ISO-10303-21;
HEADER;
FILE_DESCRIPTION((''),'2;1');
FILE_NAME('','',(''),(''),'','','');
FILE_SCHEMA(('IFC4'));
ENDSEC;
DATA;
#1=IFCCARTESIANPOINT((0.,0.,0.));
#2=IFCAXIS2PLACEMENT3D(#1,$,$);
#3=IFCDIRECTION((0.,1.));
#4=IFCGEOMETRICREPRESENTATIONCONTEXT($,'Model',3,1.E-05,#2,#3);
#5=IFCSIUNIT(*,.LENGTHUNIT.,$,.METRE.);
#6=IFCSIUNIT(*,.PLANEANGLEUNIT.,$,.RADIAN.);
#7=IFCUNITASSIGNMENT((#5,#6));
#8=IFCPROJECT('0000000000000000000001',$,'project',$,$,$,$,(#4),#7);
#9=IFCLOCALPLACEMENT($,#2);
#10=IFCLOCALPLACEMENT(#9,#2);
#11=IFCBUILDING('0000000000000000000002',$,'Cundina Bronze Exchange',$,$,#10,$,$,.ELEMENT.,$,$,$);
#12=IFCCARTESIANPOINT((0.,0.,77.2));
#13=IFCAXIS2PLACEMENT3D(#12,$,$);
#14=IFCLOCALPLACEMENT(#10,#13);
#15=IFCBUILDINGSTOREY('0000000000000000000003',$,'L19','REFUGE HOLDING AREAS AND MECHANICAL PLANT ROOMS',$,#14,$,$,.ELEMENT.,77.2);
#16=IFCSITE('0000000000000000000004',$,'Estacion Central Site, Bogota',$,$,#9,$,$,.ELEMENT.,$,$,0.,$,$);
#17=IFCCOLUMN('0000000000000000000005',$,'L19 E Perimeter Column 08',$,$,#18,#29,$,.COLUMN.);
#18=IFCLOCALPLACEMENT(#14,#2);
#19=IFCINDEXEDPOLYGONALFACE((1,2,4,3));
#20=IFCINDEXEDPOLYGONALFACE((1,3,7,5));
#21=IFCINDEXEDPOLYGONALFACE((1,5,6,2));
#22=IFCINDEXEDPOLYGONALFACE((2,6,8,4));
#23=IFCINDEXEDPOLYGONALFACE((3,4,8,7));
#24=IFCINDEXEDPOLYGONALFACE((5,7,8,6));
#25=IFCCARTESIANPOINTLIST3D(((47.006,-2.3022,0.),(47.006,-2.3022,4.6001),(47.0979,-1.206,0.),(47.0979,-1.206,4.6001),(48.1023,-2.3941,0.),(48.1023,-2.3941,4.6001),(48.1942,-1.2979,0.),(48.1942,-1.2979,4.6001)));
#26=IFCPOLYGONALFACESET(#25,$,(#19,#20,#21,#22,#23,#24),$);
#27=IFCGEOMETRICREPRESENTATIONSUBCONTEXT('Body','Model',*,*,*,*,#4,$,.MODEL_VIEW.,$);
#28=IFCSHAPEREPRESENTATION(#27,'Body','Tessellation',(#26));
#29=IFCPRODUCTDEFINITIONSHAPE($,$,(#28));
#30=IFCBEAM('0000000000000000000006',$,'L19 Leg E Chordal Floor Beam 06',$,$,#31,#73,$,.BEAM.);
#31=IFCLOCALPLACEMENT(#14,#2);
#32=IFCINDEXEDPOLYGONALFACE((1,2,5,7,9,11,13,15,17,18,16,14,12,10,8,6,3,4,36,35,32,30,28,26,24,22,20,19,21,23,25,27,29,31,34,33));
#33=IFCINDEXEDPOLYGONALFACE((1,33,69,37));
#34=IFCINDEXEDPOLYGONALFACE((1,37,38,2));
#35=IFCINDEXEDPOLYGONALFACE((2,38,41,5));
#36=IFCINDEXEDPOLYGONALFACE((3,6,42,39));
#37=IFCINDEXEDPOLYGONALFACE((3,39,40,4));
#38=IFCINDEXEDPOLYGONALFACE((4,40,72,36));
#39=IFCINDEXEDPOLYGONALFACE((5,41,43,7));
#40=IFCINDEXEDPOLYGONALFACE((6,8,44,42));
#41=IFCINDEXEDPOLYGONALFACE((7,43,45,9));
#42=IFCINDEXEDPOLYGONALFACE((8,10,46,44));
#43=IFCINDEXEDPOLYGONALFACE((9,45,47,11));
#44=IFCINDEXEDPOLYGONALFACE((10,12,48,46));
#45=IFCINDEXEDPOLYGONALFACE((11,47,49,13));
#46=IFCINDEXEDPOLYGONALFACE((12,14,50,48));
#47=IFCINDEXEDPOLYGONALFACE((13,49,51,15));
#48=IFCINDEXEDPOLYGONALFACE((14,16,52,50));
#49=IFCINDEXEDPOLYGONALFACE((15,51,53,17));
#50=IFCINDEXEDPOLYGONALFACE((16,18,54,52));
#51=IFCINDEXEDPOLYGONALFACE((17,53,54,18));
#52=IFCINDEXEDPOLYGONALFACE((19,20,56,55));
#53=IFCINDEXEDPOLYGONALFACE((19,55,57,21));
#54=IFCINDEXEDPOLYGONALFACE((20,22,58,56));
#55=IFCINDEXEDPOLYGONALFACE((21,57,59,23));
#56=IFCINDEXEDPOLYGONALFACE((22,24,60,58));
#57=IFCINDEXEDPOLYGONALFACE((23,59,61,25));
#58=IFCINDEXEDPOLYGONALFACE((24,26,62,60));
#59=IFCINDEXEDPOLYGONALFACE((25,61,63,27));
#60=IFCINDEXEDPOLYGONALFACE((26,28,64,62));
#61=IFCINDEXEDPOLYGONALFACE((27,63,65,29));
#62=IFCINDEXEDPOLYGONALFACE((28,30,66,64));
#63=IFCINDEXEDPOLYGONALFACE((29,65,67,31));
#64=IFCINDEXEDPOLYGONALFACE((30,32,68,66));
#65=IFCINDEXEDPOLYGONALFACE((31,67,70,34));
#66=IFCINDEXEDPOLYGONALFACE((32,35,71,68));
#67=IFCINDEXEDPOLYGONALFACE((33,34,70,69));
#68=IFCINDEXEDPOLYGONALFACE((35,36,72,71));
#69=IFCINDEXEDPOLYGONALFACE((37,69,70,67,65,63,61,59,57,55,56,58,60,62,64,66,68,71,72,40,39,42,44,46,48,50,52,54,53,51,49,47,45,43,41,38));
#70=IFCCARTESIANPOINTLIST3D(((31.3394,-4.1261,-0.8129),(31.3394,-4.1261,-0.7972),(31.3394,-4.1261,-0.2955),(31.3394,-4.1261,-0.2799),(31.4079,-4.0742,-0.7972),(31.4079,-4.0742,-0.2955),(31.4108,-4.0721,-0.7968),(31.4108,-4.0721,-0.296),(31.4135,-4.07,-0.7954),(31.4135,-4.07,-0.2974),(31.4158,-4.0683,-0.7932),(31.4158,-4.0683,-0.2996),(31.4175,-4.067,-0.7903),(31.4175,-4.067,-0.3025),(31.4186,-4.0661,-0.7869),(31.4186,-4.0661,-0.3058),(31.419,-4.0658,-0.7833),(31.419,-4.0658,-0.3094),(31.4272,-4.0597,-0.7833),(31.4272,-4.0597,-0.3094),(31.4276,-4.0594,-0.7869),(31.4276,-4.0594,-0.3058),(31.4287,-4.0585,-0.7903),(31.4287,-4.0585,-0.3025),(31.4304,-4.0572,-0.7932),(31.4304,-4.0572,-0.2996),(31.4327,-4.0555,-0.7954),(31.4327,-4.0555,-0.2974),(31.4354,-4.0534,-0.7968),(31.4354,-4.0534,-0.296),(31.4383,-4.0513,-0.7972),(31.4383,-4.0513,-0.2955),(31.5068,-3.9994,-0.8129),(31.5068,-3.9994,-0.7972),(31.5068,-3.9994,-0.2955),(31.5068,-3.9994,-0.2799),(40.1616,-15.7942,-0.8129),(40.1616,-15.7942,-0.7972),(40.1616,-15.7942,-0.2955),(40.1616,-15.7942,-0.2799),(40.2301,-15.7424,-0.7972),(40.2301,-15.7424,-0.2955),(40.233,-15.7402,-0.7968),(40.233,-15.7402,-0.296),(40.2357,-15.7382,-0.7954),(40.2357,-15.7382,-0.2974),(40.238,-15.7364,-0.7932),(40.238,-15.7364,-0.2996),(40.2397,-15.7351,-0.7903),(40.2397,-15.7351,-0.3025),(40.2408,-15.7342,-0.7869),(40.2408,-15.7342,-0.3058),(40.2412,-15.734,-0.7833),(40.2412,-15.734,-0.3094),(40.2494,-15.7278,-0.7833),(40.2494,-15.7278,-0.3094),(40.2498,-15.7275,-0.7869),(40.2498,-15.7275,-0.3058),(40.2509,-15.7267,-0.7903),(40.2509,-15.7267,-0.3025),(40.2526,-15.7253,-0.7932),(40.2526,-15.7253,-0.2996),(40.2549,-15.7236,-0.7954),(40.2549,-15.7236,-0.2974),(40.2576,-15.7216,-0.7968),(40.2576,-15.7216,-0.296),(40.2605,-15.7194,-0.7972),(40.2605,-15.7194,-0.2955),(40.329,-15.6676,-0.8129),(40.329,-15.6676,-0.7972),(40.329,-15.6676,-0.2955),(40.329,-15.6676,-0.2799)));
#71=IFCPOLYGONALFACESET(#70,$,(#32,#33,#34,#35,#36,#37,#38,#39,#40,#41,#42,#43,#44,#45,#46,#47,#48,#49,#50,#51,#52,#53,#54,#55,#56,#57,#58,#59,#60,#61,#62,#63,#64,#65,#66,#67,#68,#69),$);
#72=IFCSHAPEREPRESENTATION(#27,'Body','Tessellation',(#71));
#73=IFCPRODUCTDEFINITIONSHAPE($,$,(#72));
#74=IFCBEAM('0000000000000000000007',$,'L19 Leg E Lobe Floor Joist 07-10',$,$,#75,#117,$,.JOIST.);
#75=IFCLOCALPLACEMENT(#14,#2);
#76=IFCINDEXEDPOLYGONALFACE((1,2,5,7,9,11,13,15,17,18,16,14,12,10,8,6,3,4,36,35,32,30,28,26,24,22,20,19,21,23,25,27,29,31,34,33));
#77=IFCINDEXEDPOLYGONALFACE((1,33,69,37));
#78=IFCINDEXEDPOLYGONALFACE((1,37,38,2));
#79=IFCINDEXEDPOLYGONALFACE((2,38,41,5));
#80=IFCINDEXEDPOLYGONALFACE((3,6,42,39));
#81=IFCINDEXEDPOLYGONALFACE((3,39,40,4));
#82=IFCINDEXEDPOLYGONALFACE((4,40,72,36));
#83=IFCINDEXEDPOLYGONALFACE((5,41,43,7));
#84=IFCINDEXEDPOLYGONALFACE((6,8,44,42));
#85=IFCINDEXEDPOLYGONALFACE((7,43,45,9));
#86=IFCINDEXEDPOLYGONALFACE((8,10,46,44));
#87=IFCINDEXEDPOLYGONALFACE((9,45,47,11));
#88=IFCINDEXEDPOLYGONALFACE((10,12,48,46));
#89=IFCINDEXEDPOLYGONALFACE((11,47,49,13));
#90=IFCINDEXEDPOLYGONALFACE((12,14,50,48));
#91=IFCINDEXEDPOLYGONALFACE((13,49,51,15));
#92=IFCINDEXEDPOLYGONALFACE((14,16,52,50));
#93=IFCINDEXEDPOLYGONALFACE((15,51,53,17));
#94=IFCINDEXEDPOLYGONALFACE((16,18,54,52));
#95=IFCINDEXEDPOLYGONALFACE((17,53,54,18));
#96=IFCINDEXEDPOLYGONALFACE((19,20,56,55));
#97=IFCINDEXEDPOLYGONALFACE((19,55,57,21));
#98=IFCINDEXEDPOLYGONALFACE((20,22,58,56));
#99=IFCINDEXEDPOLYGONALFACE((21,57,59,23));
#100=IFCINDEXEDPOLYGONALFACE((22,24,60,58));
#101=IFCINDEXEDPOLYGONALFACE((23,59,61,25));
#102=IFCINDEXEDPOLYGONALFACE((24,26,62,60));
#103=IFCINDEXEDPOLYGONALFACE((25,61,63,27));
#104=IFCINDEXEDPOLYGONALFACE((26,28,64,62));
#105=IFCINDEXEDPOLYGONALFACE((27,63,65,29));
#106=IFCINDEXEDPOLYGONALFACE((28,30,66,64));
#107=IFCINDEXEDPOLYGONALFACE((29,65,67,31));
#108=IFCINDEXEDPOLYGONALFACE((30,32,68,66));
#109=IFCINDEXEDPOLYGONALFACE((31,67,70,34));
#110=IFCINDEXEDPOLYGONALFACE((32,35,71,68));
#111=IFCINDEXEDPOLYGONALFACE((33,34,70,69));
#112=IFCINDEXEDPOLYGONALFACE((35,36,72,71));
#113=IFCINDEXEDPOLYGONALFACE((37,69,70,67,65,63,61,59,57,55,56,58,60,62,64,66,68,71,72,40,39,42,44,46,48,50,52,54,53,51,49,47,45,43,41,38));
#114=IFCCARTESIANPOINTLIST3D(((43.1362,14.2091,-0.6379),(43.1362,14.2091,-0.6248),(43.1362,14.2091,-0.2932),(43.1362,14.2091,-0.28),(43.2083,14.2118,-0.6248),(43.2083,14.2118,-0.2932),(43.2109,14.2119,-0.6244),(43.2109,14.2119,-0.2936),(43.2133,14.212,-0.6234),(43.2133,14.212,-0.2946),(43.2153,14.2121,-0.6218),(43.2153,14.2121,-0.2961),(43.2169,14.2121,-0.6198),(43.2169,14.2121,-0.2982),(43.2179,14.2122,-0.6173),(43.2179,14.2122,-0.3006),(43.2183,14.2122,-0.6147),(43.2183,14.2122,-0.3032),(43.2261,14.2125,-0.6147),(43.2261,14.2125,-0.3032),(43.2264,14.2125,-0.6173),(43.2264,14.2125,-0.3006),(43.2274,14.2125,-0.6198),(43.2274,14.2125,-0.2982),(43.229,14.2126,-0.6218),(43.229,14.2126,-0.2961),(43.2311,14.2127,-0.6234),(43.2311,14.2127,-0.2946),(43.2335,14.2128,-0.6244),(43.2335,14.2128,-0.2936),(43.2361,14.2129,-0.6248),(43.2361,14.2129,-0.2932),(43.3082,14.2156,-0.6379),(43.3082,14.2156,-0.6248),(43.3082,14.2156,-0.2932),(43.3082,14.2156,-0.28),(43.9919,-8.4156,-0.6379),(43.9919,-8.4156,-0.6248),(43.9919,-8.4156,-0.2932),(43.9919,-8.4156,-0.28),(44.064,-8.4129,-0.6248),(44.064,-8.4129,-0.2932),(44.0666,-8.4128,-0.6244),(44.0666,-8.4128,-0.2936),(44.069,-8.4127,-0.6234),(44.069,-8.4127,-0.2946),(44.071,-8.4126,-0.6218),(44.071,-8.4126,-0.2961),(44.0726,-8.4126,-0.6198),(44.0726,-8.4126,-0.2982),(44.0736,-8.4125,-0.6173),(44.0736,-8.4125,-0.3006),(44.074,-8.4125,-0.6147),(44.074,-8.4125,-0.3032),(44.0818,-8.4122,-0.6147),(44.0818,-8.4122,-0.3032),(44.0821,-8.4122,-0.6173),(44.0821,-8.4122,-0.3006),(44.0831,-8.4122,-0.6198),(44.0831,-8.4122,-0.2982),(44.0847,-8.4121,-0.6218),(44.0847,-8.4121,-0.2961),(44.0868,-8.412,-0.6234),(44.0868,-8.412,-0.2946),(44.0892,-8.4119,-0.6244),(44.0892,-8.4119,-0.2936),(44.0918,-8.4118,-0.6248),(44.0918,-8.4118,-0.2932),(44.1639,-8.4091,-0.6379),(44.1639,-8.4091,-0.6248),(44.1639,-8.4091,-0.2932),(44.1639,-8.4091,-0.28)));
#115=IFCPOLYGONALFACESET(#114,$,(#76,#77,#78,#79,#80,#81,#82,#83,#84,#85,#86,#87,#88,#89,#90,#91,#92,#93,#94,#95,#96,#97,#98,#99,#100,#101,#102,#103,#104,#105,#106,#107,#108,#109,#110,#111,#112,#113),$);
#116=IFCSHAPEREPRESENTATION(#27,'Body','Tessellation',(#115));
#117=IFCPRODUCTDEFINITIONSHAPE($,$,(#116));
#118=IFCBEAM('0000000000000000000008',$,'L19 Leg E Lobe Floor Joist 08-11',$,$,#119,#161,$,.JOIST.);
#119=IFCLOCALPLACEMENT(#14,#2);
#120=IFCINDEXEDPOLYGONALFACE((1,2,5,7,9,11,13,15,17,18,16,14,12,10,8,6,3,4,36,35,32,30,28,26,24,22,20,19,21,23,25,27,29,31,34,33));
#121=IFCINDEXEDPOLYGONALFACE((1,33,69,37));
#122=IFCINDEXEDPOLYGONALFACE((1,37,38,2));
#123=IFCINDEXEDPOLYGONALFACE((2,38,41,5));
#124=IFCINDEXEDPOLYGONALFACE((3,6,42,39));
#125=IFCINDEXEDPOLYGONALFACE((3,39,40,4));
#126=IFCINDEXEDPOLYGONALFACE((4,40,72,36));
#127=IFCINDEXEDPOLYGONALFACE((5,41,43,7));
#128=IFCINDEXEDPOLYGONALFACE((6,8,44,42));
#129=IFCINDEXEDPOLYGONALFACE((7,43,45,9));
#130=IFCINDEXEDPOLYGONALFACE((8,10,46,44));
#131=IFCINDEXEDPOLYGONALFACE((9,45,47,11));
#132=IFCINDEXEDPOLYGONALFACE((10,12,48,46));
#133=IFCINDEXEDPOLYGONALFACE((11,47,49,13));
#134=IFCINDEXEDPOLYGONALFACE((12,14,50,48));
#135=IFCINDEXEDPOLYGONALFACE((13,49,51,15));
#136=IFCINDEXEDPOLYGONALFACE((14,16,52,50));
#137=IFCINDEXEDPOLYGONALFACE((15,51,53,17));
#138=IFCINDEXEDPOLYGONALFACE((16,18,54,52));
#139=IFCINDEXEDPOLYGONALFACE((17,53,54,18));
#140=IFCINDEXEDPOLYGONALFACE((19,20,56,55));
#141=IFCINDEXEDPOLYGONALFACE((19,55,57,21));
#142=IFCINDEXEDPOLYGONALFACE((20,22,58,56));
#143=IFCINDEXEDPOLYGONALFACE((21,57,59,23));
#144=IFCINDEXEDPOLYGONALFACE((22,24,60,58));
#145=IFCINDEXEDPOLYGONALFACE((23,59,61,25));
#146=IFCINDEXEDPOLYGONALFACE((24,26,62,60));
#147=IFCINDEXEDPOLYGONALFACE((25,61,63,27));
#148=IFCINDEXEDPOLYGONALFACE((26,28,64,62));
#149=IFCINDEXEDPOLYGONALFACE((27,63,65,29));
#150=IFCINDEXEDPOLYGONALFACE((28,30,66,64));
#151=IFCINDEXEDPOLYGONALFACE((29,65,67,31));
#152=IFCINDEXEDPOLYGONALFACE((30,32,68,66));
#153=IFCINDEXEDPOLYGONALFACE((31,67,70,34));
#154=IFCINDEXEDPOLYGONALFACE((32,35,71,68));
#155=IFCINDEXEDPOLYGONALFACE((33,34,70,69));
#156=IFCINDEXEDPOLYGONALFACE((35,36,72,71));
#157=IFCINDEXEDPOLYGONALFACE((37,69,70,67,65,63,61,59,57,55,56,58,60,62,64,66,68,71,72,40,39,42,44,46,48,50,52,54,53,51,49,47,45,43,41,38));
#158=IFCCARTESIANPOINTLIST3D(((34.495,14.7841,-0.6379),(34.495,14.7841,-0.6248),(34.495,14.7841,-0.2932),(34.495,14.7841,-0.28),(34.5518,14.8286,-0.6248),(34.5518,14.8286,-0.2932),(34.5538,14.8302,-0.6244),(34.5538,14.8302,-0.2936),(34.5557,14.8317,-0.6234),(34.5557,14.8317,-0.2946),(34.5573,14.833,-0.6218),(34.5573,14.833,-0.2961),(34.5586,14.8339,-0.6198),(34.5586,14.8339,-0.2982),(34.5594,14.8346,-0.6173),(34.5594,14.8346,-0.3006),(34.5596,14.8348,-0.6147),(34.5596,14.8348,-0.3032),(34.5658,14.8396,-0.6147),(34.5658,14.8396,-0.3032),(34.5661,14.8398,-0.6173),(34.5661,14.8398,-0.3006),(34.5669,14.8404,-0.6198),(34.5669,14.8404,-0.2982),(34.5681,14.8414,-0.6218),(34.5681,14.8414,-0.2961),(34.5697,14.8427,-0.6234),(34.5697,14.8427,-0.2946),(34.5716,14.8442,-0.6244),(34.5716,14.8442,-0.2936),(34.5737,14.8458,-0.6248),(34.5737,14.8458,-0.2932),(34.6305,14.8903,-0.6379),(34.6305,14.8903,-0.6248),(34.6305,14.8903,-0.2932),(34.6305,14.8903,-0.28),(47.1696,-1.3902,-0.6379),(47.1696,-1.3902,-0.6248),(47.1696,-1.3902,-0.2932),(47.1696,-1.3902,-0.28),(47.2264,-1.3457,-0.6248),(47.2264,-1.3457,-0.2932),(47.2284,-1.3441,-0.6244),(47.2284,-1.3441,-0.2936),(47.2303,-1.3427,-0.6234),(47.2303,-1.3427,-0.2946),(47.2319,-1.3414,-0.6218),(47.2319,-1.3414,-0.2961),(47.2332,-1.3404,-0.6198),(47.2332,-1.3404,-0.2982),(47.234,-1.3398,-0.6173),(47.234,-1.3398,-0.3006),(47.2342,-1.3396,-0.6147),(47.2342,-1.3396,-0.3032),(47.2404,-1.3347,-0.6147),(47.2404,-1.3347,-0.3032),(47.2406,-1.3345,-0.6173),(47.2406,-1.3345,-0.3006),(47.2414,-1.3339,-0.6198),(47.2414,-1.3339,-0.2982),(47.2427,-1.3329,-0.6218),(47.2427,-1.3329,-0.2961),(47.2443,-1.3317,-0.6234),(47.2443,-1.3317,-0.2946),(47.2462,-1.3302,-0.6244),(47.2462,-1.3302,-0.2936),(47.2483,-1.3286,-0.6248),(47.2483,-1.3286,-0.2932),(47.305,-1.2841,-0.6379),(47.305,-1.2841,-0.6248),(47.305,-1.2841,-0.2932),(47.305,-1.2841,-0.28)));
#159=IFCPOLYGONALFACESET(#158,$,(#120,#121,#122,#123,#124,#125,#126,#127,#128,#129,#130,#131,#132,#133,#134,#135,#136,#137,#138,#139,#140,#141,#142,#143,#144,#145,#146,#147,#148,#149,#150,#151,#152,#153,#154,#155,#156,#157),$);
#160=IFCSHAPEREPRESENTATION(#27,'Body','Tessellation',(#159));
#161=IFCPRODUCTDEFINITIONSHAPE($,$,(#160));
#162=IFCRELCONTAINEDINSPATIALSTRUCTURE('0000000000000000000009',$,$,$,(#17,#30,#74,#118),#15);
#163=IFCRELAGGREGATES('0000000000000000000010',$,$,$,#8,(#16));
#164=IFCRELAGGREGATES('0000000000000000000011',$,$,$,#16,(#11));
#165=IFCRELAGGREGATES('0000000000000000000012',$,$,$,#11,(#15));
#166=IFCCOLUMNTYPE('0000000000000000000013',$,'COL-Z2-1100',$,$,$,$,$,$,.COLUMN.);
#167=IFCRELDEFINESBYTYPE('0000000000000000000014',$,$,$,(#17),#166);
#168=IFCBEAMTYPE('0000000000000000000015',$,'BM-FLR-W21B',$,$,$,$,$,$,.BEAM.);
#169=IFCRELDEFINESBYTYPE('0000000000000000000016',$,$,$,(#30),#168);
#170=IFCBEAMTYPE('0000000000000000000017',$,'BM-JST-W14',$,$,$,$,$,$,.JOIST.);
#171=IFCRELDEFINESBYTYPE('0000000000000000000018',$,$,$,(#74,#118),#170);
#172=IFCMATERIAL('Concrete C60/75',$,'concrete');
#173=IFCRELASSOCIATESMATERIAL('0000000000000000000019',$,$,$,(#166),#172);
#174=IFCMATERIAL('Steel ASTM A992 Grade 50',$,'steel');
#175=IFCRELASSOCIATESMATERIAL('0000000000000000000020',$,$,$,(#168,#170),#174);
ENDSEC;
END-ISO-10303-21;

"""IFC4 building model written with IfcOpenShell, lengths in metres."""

from ifc_helpers import new_model, si_unit, direction, frame, origin, origin_2d, place, context, subcontext, project, spatial, rectangle, i_section, extrude, material, material_profile, profile_set, type_object, element, save


model = new_model("IFC4")

# Units and contexts
model_context = context("Model", 3, precision=1e-05, world=origin(), true_north=direction((0.0, 1.0)))
body_context = subcontext(model_context, "Body", "Model", "MODEL_VIEW")
ifc_project = project(units=[si_unit("LENGTHUNIT", "METRE"), si_unit("PLANEANGLEUNIT", "RADIAN")], contexts=[model_context])

# Site, building, storey
site_placement = place(None, origin())
site = spatial("IfcSite", under=ifc_project, at=site_placement, Name="Estacion Central Site, Bogota", CompositionType="ELEMENT", RefElevation=0.0)
building_placement = place(site_placement, origin())
building = spatial("IfcBuilding", under=site, at=building_placement, Name="Cundina Bronze Exchange", CompositionType="ELEMENT")
storey_placement = place(building_placement, frame((0.0, 0.0, 77.2)))
storey = spatial("IfcBuildingStorey", under=building, at=storey_placement, Name="L19", Description="REFUGE HOLDING AREAS AND MECHANICAL PLANT ROOMS", CompositionType="ELEMENT", Elevation=77.2)

# Column
ifc_material_1 = material(Name="Concrete C60/75", Category="concrete")
ifc_material_profile_1 = material_profile(ifc_material_1, rectangle(XDim=1.1001, YDim=1.1001, at=origin_2d()), Name="RC1100X1100", Category="concrete")
ifc_profile_set_1 = profile_set([ifc_material_profile_1], Name="Concrete C60/75")
column_type = type_object("IfcColumnType", Name="COL-Z2-1100", PredefinedType="COLUMN", material=ifc_profile_set_1)
column_placement = place(storey_placement, frame((47.6001, -1.8, 0.0), z_axis=(0.0, 0.0, 1.0), x_axis=(0.083504, 0.996507, 0.0)))
element("IfcColumn", 1, at=column_placement, inside=storey, type_object=column_type, Name="L19 E Perimeter Column 08", PredefinedType="COLUMN", context=body_context, shape_type="SweptSolid", body=[
    extrude(rectangle(XDim=1.1001, YDim=1.1001, at=origin_2d()), origin(), (0.0, 0.0, 1.0), 4.6001),
])

# Beams
ifc_material_2 = material(Name="Steel ASTM A992 Grade 50", Category="steel")
ifc_material_profile_2 = material_profile(ifc_material_2, i_section(OverallWidth=0.21, OverallDepth=0.533, WebThickness=0.0103, FlangeThickness=0.0156, FilletRadius=0.0139, at=origin_2d()), Name="W21X62", Category="steel")
ifc_profile_set_2 = profile_set([ifc_material_profile_2], Name="Steel ASTM A992 Grade 50")
beam_type_1 = type_object("IfcBeamType", Name="BM-FLR-W21B", PredefinedType="BEAM", material=ifc_profile_set_2)
beam_1_placement = place(storey_placement, frame((31.4231, -4.0627, -0.5464), z_axis=(0.603106, -0.797661, 0.0), x_axis=(0.797661, 0.603106, 0.0)))
element("IfcBeam", 2, at=beam_1_placement, inside=storey, type_object=beam_type_1, Name="L19 Leg E Chordal Floor Beam 06", PredefinedType="BEAM", context=body_context, shape_type="SweptSolid", body=[
    extrude(i_section(OverallWidth=0.21, OverallDepth=0.533, WebThickness=0.0103, FlangeThickness=0.0156, FilletRadius=0.0139, at=origin_2d()), origin(), (0.0, 0.0, 1.0), 14.6279),
])
ifc_material_profile_3 = material_profile(ifc_material_2, i_section(OverallWidth=0.1721, OverallDepth=0.3579, WebThickness=0.0078, FlangeThickness=0.0132, FilletRadius=0.01, at=origin_2d()), Name="W14X38", Category="steel")
ifc_profile_set_3 = profile_set([ifc_material_profile_3], Name="Steel ASTM A992 Grade 50")
beam_type_2 = type_object("IfcBeamType", Name="BM-JST-W14", PredefinedType="JOIST", material=ifc_profile_set_3)
beam_2_placement = place(storey_placement, frame((44.0779, -8.4124, -0.459), z_axis=(-0.037795, 0.999286, 0.0), x_axis=(-0.999286, -0.037795, 0.0)))
element("IfcBeam", 3, at=beam_2_placement, inside=storey, type_object=beam_type_2, Name="L19 Leg E Lobe Floor Joist 07-10", PredefinedType="JOIST", context=body_context, shape_type="SweptSolid", body=[
    extrude(i_section(OverallWidth=0.1721, OverallDepth=0.3579, WebThickness=0.0078, FlangeThickness=0.0132, FilletRadius=0.01, at=origin_2d()), origin(), (0.0, 0.0, 1.0), 22.6409),
])
beam_3_placement = place(storey_placement, frame((47.2373, -1.3372, -0.459), z_axis=(-0.616803, 0.787117, 0.0), x_axis=(-0.787117, -0.616803, 0.0)))
element("IfcBeam", 4, at=beam_3_placement, inside=storey, type_object=beam_type_2, Name="L19 Leg E Lobe Floor Joist 08-11", PredefinedType="JOIST", context=body_context, shape_type="SweptSolid", body=[
    extrude(i_section(OverallWidth=0.1721, OverallDepth=0.3579, WebThickness=0.0078, FlangeThickness=0.0132, FilletRadius=0.01, at=origin_2d()), origin(), (0.0, 0.0, 1.0), 20.5488),
])

save(model, "model.ifc")
